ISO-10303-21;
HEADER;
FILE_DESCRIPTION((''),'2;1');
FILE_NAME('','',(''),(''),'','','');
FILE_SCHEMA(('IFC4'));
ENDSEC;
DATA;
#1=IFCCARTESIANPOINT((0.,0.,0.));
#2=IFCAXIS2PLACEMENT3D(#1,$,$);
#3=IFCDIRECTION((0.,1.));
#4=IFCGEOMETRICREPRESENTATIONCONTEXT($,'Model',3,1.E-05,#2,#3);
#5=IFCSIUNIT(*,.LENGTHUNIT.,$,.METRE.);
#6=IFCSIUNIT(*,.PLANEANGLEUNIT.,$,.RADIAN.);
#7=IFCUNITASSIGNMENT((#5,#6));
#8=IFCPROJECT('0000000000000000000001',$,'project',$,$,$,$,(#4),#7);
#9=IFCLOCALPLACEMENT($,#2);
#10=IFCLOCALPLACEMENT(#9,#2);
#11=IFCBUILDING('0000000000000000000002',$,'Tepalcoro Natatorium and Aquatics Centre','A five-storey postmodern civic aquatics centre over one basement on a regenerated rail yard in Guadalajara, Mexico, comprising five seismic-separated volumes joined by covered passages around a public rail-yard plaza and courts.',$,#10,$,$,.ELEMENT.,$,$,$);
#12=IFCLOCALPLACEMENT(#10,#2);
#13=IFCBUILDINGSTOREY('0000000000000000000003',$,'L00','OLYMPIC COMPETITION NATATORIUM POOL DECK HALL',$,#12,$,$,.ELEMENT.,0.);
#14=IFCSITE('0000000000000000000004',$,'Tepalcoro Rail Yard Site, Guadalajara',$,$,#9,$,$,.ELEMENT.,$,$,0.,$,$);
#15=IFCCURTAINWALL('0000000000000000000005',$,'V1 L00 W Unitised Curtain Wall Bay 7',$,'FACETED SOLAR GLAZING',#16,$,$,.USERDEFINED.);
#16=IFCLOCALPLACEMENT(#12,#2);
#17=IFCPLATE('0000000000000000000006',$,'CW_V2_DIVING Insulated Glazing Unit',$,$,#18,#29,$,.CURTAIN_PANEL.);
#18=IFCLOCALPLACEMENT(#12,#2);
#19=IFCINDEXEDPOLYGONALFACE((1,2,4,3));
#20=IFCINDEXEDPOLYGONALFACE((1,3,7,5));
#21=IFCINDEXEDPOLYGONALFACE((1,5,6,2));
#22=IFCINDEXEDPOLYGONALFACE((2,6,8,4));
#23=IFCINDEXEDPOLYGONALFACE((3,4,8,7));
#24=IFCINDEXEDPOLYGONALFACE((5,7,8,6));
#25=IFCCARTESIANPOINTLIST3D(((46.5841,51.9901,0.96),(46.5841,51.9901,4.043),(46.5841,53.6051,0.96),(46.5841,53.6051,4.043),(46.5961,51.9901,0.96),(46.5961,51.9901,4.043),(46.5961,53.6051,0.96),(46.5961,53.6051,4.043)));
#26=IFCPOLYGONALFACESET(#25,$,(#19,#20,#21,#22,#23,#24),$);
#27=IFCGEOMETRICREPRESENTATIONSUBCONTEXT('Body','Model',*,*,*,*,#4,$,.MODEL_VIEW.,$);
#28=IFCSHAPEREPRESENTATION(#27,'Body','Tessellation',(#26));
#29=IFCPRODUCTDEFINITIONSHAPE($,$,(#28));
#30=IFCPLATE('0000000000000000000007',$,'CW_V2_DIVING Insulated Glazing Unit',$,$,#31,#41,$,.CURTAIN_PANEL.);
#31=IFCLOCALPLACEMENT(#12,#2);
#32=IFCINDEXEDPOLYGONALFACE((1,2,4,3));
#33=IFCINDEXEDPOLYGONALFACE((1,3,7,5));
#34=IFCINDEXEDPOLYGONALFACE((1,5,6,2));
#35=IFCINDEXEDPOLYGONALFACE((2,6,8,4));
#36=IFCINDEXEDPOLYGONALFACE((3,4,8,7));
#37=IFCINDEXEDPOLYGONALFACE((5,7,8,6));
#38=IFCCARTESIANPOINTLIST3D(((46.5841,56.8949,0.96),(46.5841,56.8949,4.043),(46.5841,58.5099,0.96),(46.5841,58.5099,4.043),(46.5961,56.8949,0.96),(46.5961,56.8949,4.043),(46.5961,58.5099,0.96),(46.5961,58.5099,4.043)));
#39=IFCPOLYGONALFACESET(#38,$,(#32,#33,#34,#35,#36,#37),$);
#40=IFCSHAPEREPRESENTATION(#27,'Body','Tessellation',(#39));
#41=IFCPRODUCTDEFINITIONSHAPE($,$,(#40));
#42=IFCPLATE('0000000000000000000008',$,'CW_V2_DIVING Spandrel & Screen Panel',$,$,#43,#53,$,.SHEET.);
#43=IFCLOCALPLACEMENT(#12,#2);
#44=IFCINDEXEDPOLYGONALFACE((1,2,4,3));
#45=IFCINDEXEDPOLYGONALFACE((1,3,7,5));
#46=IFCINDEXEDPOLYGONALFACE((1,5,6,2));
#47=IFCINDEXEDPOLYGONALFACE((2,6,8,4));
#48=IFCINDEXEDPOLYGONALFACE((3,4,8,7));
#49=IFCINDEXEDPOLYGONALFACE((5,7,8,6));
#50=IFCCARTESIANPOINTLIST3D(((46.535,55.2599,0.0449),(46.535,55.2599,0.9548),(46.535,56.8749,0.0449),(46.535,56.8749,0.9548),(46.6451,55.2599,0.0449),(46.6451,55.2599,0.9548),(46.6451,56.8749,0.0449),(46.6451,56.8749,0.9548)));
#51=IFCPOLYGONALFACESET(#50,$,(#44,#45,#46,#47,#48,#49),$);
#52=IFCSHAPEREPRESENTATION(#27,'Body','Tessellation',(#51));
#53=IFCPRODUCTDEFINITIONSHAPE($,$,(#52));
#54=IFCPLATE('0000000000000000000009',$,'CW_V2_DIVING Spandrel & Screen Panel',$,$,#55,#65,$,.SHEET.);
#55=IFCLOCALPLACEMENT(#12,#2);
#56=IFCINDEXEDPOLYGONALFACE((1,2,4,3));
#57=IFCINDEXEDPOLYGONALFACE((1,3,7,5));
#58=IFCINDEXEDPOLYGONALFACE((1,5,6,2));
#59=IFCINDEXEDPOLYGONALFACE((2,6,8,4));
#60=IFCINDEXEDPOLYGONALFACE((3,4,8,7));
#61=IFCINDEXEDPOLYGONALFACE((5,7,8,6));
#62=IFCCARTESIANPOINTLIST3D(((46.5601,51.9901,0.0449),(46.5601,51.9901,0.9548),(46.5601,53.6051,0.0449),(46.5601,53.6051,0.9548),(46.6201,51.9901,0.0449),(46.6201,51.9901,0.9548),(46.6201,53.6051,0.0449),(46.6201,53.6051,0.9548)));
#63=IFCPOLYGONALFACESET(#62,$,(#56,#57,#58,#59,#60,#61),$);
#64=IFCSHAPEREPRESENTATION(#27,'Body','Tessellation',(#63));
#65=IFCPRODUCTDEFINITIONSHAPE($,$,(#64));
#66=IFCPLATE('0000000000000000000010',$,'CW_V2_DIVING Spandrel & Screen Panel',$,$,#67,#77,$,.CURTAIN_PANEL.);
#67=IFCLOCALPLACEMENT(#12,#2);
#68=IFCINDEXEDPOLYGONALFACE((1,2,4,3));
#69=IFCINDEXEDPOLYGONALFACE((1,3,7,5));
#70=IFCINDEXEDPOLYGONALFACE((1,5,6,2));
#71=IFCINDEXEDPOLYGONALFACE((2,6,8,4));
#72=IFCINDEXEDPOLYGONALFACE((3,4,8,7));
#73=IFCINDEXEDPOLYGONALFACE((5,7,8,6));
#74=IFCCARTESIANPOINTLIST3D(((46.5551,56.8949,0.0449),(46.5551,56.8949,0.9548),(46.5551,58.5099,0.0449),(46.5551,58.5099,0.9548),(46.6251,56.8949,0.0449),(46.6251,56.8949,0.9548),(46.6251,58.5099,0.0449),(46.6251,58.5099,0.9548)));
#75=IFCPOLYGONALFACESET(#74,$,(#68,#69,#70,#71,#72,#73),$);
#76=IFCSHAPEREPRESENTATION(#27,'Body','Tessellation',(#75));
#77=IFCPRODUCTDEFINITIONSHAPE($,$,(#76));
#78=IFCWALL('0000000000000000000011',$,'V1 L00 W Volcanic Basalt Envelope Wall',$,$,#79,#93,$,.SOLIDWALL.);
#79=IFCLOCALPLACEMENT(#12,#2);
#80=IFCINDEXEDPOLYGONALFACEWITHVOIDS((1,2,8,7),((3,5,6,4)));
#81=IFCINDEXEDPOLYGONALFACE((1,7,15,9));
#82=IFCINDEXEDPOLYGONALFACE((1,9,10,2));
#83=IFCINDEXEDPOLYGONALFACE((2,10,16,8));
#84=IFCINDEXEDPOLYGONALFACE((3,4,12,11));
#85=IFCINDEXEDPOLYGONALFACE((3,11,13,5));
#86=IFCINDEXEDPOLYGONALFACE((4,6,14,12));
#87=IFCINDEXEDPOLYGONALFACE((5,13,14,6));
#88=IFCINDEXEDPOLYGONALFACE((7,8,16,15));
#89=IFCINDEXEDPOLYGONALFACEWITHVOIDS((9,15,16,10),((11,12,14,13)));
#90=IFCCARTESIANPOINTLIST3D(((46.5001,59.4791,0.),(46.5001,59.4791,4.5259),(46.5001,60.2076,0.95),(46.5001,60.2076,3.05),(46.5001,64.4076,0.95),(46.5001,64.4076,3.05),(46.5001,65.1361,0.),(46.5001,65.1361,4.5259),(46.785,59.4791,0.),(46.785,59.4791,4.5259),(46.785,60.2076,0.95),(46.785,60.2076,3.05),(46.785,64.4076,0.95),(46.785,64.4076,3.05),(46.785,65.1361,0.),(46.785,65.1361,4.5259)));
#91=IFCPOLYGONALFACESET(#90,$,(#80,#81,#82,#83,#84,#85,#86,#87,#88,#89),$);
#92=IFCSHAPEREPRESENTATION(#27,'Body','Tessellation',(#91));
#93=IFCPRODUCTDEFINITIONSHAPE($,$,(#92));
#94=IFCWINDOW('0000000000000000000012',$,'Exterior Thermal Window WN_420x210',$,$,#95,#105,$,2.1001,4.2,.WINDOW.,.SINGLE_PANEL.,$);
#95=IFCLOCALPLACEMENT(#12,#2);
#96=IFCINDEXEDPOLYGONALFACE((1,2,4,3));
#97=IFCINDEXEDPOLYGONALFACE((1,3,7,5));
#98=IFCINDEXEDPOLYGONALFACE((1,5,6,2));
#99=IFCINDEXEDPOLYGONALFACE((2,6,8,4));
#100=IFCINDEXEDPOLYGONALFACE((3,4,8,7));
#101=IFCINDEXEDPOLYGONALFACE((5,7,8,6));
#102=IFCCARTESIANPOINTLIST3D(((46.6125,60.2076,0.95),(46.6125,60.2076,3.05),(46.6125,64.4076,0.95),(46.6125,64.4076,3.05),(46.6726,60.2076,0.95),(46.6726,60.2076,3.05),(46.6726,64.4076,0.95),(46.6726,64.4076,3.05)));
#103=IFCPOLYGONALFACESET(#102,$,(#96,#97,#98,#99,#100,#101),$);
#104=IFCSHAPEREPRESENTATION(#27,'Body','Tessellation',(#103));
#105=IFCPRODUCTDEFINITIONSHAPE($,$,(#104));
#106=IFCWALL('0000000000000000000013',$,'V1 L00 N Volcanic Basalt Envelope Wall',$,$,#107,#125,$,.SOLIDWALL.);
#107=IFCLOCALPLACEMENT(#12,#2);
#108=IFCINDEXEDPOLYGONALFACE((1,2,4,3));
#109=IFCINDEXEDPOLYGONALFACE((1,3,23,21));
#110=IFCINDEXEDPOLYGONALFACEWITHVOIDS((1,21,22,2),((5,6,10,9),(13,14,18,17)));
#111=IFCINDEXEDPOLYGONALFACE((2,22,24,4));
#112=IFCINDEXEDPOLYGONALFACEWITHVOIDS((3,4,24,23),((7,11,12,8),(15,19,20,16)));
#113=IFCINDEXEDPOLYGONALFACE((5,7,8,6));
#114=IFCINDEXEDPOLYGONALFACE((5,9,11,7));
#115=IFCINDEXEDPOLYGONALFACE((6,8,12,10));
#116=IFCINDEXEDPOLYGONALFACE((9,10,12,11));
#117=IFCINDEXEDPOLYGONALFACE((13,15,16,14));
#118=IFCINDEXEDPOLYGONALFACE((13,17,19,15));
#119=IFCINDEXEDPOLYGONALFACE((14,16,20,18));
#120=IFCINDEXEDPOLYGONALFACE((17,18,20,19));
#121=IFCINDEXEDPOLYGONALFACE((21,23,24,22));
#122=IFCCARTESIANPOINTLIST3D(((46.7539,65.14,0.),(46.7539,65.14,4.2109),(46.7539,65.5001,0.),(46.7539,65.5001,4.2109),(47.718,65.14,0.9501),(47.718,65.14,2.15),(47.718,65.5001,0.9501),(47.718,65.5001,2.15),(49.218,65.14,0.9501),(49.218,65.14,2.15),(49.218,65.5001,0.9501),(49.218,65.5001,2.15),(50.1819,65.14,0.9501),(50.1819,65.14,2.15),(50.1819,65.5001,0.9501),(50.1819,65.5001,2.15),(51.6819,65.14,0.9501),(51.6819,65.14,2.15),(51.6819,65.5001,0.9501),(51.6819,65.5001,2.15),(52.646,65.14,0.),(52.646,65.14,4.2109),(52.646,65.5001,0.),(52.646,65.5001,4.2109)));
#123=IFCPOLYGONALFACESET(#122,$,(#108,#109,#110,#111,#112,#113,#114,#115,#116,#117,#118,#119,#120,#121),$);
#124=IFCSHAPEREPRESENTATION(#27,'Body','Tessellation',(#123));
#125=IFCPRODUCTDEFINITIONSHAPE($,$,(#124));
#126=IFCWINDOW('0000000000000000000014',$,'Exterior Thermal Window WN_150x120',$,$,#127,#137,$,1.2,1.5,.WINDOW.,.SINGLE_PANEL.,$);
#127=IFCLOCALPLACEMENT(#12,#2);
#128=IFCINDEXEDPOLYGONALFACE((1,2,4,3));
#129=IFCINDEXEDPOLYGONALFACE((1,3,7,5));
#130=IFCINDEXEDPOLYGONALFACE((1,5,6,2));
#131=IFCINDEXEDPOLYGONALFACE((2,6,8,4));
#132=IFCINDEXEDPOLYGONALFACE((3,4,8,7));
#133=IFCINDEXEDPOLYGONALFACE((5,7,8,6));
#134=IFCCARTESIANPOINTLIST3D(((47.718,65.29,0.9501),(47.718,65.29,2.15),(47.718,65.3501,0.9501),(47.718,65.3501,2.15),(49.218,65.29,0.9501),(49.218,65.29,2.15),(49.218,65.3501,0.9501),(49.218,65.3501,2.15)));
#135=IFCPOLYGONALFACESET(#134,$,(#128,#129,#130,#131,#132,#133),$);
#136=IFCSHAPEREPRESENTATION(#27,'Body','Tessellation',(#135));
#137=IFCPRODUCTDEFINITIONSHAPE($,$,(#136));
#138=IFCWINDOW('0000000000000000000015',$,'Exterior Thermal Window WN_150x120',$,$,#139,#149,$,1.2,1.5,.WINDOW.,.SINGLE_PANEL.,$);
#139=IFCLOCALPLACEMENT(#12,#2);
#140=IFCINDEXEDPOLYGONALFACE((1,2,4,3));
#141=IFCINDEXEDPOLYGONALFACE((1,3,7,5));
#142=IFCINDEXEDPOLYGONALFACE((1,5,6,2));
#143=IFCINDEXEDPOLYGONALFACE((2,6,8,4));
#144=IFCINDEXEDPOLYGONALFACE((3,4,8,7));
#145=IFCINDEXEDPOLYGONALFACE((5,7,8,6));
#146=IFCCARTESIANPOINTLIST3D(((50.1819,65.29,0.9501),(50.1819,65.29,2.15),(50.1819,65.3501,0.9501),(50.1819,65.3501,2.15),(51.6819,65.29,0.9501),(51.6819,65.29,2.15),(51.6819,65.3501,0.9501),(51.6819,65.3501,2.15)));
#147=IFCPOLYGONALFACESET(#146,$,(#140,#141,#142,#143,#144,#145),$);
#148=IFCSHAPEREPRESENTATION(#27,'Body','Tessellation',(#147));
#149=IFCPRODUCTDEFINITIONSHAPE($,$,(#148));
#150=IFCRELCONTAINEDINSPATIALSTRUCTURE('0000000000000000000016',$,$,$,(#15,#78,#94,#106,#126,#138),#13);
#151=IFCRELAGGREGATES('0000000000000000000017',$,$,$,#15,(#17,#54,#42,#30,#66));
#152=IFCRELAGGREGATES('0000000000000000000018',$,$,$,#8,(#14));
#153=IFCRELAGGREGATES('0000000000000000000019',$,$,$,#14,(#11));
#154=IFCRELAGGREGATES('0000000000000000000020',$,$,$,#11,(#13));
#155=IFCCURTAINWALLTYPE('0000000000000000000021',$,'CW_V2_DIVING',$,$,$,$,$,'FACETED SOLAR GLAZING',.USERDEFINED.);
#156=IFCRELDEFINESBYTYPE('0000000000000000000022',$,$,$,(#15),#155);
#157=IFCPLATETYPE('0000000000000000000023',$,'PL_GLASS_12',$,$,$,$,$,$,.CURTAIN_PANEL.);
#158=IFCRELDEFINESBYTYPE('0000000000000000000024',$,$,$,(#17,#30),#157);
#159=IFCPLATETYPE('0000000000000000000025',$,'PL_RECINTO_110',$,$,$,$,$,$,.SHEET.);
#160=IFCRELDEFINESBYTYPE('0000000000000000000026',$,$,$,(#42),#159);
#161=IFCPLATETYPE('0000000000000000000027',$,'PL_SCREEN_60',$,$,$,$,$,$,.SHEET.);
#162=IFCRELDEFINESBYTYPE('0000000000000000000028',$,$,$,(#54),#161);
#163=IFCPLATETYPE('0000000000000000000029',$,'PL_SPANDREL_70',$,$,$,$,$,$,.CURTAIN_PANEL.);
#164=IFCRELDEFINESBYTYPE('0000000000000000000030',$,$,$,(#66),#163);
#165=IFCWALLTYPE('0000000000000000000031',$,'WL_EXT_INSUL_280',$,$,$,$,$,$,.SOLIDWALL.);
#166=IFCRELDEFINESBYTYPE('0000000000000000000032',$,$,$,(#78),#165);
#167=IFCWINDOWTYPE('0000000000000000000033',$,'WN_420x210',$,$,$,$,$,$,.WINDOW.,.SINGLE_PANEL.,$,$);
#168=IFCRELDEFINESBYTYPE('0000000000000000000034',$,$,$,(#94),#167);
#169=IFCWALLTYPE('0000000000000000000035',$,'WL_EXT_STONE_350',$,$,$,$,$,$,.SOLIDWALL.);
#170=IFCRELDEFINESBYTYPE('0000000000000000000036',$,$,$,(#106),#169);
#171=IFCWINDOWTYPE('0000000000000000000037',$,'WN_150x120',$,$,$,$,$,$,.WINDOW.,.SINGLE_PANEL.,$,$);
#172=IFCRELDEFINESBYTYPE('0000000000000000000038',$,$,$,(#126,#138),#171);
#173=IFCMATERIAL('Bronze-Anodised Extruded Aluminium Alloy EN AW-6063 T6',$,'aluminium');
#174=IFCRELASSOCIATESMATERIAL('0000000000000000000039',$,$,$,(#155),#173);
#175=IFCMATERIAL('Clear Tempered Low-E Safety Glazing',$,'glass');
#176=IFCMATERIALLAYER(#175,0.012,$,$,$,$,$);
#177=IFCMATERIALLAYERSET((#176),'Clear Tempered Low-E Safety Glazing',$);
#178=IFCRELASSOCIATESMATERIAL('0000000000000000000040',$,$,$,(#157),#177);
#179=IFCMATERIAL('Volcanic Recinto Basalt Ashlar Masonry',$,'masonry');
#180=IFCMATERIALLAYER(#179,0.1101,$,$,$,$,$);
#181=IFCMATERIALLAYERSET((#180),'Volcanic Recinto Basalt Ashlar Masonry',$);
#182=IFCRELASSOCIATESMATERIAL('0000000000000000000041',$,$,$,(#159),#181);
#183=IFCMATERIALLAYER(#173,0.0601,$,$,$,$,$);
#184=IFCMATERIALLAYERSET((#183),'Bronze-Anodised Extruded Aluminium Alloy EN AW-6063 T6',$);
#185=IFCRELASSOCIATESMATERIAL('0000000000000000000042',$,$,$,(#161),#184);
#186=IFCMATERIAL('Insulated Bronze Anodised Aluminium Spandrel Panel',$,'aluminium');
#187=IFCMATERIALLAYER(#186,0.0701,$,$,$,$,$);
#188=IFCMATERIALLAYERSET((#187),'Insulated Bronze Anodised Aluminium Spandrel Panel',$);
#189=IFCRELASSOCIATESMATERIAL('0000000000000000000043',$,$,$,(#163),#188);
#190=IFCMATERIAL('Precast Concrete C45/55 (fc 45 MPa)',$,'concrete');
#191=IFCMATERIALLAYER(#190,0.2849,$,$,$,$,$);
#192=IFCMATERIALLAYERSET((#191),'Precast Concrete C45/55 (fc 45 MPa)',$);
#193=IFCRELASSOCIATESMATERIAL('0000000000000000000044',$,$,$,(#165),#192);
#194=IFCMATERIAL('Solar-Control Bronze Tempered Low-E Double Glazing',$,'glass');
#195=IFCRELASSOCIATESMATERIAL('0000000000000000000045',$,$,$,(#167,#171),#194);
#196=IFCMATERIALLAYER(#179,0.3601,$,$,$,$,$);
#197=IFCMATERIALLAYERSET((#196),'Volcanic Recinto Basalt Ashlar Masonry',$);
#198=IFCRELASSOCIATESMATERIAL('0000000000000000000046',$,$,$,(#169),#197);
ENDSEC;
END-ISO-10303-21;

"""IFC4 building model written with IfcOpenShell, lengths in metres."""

from ifc_helpers import new_model, si_unit, direction, frame, frame_2d, origin, origin_2d, place, context, subcontext, project, spatial, rectangle, extrude, material, layer, layer_set, type_object, element, fill, aggregate, save


model = new_model("IFC4")

# Units and contexts
model_context = context("Model", 3, precision=1e-05, world=origin(), true_north=direction((0.0, 1.0)))
body_context = subcontext(model_context, "Body", "Model", "MODEL_VIEW")
ifc_project = project(units=[si_unit("LENGTHUNIT", "METRE"), si_unit("PLANEANGLEUNIT", "RADIAN")], contexts=[model_context])

# Site, building, storey
site_placement = place(None, origin())
site = spatial("IfcSite", under=ifc_project, at=site_placement, Name="Tepalcoro Rail Yard Site, Guadalajara", CompositionType="ELEMENT", RefElevation=0.0)
building_placement = place(site_placement, origin())
building = spatial("IfcBuilding", under=site, at=building_placement, Name="Tepalcoro Natatorium and Aquatics Centre", Description="A five-storey postmodern civic aquatics centre over one basement on a regenerated rail yard in Guadalajara, Mexico, comprising five seismic-separated volumes joined by covered passages around a public rail-yard plaza and courts.", CompositionType="ELEMENT")
storey_placement = place(building_placement, origin())
storey = spatial("IfcBuildingStorey", under=building, at=storey_placement, Name="L00", Description="OLYMPIC COMPETITION NATATORIUM POOL DECK HALL", CompositionType="ELEMENT", Elevation=0.0)

# Curtain wall
ifc_material_1 = material(Name="Bronze-Anodised Extruded Aluminium Alloy EN AW-6063 T6", Category="aluminium")
curtain_wall_type = type_object("IfcCurtainWallType", Name="CW_V2_DIVING", ElementType="FACETED SOLAR GLAZING", PredefinedType="USERDEFINED", material=ifc_material_1)
curtain_wall_placement = place(storey_placement, origin())
curtain_wall = element("IfcCurtainWall", 1, at=curtain_wall_placement, inside=storey, type_object=curtain_wall_type, Name="V1 L00 W Unitised Curtain Wall Bay 7", ObjectType="FACETED SOLAR GLAZING", PredefinedType="USERDEFINED")

# Plates
ifc_material_2 = material(Name="Solar-Control Bronze Tempered Low-E Double Glazing", Category="glass")
ifc_material_3 = material(Name="Clear Tempered Low-E Safety Glazing", Category="glass")
ifc_layer_1 = layer(ifc_material_3, 0.012)
ifc_layer_set_1 = layer_set([ifc_layer_1], Name="Clear Tempered Low-E Safety Glazing")
plate_type_1 = type_object("IfcPlateType", Name="PL_GLASS_12", PredefinedType="CURTAIN_PANEL", material=ifc_layer_set_1)
plate_1_placement = place(storey_placement, frame((46.5901, 52.7976, 0.96), z_axis=(0.0, 0.0, 1.0), x_axis=(1.0, 0.0, 0.0)))
plate_1 = element("IfcPlate", 2, at=plate_1_placement, type_object=plate_type_1, Name="CW_V2_DIVING Insulated Glazing Unit", PredefinedType="CURTAIN_PANEL", context=body_context, shape_type="SweptSolid", body=[
    extrude(rectangle(XDim=0.012, YDim=1.615, at=origin_2d()), origin(), (0.0, 0.0, 1.0), 3.083),
])
plate_2_placement = place(storey_placement, frame((46.5901, 57.7024, 0.96), z_axis=(0.0, 0.0, 1.0), x_axis=(1.0, 0.0, 0.0)))
plate_2 = element("IfcPlate", 3, at=plate_2_placement, type_object=plate_type_1, Name="CW_V2_DIVING Insulated Glazing Unit", PredefinedType="CURTAIN_PANEL", context=body_context, shape_type="SweptSolid", body=[
    extrude(rectangle(XDim=0.012, YDim=1.615, at=origin_2d()), origin(), (0.0, 0.0, 1.0), 3.083),
])
ifc_material_4 = material(Name="Volcanic Recinto Basalt Ashlar Masonry", Category="masonry")
ifc_layer_2 = layer(ifc_material_4, 0.1101)
ifc_layer_set_2 = layer_set([ifc_layer_2], Name="Volcanic Recinto Basalt Ashlar Masonry")
plate_type_2 = type_object("IfcPlateType", Name="PL_RECINTO_110", PredefinedType="SHEET", material=ifc_layer_set_2)
plate_3_placement = place(storey_placement, frame((46.5901, 56.0674, 0.0449), z_axis=(0.0, 0.0, 1.0), x_axis=(1.0, 0.0, 0.0)))
plate_3 = element("IfcPlate", 4, at=plate_3_placement, type_object=plate_type_2, Name="CW_V2_DIVING Spandrel & Screen Panel", PredefinedType="SHEET", context=body_context, shape_type="SweptSolid", body=[
    extrude(rectangle(XDim=0.1101, YDim=1.615, at=origin_2d()), origin(), (0.0, 0.0, 1.0), 0.9099),
])
ifc_layer_3 = layer(ifc_material_1, 0.0601)
ifc_layer_set_3 = layer_set([ifc_layer_3], Name="Bronze-Anodised Extruded Aluminium Alloy EN AW-6063 T6")
plate_type_3 = type_object("IfcPlateType", Name="PL_SCREEN_60", PredefinedType="SHEET", material=ifc_layer_set_3)
plate_4_placement = place(storey_placement, frame((46.5901, 52.7976, 0.0449), z_axis=(0.0, 0.0, 1.0), x_axis=(1.0, 0.0, 0.0)))
plate_4 = element("IfcPlate", 5, at=plate_4_placement, type_object=plate_type_3, Name="CW_V2_DIVING Spandrel & Screen Panel", PredefinedType="SHEET", context=body_context, shape_type="SweptSolid", body=[
    extrude(rectangle(XDim=0.0601, YDim=1.615, at=origin_2d()), origin(), (0.0, 0.0, 1.0), 0.9099),
])
ifc_material_5 = material(Name="Insulated Bronze Anodised Aluminium Spandrel Panel", Category="aluminium")
ifc_layer_4 = layer(ifc_material_5, 0.0701)
ifc_layer_set_4 = layer_set([ifc_layer_4], Name="Insulated Bronze Anodised Aluminium Spandrel Panel")
plate_type_4 = type_object("IfcPlateType", Name="PL_SPANDREL_70", PredefinedType="CURTAIN_PANEL", material=ifc_layer_set_4)
plate_5_placement = place(storey_placement, frame((46.5901, 57.7024, 0.0449), z_axis=(0.0, 0.0, 1.0), x_axis=(1.0, 0.0, 0.0)))
plate_5 = element("IfcPlate", 6, at=plate_5_placement, type_object=plate_type_4, Name="CW_V2_DIVING Spandrel & Screen Panel", PredefinedType="CURTAIN_PANEL", context=body_context, shape_type="SweptSolid", body=[
    extrude(rectangle(XDim=0.0701, YDim=1.615, at=origin_2d()), origin(), (0.0, 0.0, 1.0), 0.9099),
])
aggregate(curtain_wall, [plate_1, plate_4, plate_3, plate_2, plate_5])

# Wall, opening, window
ifc_material_6 = material(Name="Precast Concrete C45/55 (fc 45 MPa)", Category="concrete")
ifc_layer_5 = layer(ifc_material_6, 0.2849)
ifc_layer_set_5 = layer_set([ifc_layer_5], Name="Precast Concrete C45/55 (fc 45 MPa)")
wall_type_1 = type_object("IfcWallType", Name="WL_EXT_INSUL_280", PredefinedType="SOLIDWALL", material=ifc_layer_set_5)
wall_1_placement = place(storey_placement, frame((46.6426, 59.479, 0.0), z_axis=(0.0, 0.0, 1.0), x_axis=(0.0, 1.0, 0.0)))
wall_1 = element("IfcWall", 7, at=wall_1_placement, inside=storey, type_object=wall_type_1, Name="V1 L00 W Volcanic Basalt Envelope Wall", PredefinedType="SOLIDWALL", context=body_context, shape_type="SweptSolid", body=[
    extrude(rectangle(XDim=5.657, YDim=0.2849, at=frame_2d((2.8286, 0.0))), origin(), (0.0, 0.0, 1.0), 4.5259),
])
opening_1_placement = place(wall_1_placement, frame((0.7285, 0.0, 0.95)))
opening_1 = element("IfcOpeningElement", 8, at=opening_1_placement, cuts=wall_1, PredefinedType="OPENING", context=body_context, shape_type="SweptSolid", body=[
    extrude(rectangle(XDim=4.2, YDim=2.1001, at=frame_2d((2.1001, 1.05))), frame((0.0, 0.1543, 0.0), z_axis=(0.0, -1.0, 0.0), x_axis=(1.0, 0.0, 0.0)), (0.0, 0.0, 1.0), 0.3088),
])
window_type_1 = type_object("IfcWindowType", Name="WN_420x210", PartitioningType="SINGLE_PANEL", PredefinedType="WINDOW", material=ifc_material_2)
window_1_placement = place(opening_1_placement, origin())
window_1 = element("IfcWindow", 9, at=window_1_placement, inside=storey, type_object=window_type_1, Name="Exterior Thermal Window WN_420x210", OverallHeight=2.1001, OverallWidth=4.2, PartitioningType="SINGLE_PANEL", PredefinedType="WINDOW", context=body_context, shape_type="SweptSolid", body=[
    extrude(rectangle(XDim=4.2, YDim=2.1001, at=frame_2d((2.1001, 1.05))), frame((0.0, 0.03, 0.0), z_axis=(0.0, -1.0, 0.0), x_axis=(1.0, 0.0, 0.0)), (0.0, 0.0, 1.0), 0.0601),
])
fill(opening_1, window_1)

# Wall, openings, windows
ifc_layer_6 = layer(ifc_material_4, 0.3601)
ifc_layer_set_6 = layer_set([ifc_layer_6], Name="Volcanic Recinto Basalt Ashlar Masonry")
wall_type_2 = type_object("IfcWallType", Name="WL_EXT_STONE_350", PredefinedType="SOLIDWALL", material=ifc_layer_set_6)
wall_2_placement = place(storey_placement, frame((46.7539, 65.3201, 0.0), z_axis=(0.0, 0.0, 1.0), x_axis=(1.0, 0.0, 0.0)))
wall_2 = element("IfcWall", 10, at=wall_2_placement, inside=storey, type_object=wall_type_2, Name="V1 L00 N Volcanic Basalt Envelope Wall", PredefinedType="SOLIDWALL", context=body_context, shape_type="SweptSolid", body=[
    extrude(rectangle(XDim=5.8921, YDim=0.3601, at=frame_2d((2.946, 0.0))), origin(), (0.0, 0.0, 1.0), 4.2109),
])
opening_2_placement = place(wall_2_placement, frame((0.9641, 0.0, 0.95)))
opening_2 = element("IfcOpeningElement", 11, at=opening_2_placement, cuts=wall_2, PredefinedType="OPENING", context=body_context, shape_type="SweptSolid", body=[
    extrude(rectangle(XDim=1.5, YDim=1.2, at=frame_2d((0.75, 0.6001))), frame((0.0, 0.1919, 0.0), z_axis=(0.0, -1.0, 0.0), x_axis=(1.0, 0.0, 0.0)), (0.0, 0.0, 1.0), 0.384),
])
opening_3_placement = place(wall_2_placement, frame((3.428, 0.0, 0.95)))
opening_3 = element("IfcOpeningElement", 12, at=opening_3_placement, cuts=wall_2, PredefinedType="OPENING", context=body_context, shape_type="SweptSolid", body=[
    extrude(rectangle(XDim=1.5, YDim=1.2, at=frame_2d((0.75, 0.6001))), frame((0.0, 0.1919, 0.0), z_axis=(0.0, -1.0, 0.0), x_axis=(1.0, 0.0, 0.0)), (0.0, 0.0, 1.0), 0.384),
])
window_type_2 = type_object("IfcWindowType", Name="WN_150x120", PartitioningType="SINGLE_PANEL", PredefinedType="WINDOW", material=ifc_material_2)
window_2_placement = place(opening_2_placement, origin())
window_2 = element("IfcWindow", 13, at=window_2_placement, inside=storey, type_object=window_type_2, Name="Exterior Thermal Window WN_150x120", OverallHeight=1.2, OverallWidth=1.5, PartitioningType="SINGLE_PANEL", PredefinedType="WINDOW", context=body_context, shape_type="SweptSolid", body=[
    extrude(rectangle(XDim=1.5, YDim=1.2, at=frame_2d((0.75, 0.6001))), frame((0.0, 0.03, 0.0), z_axis=(0.0, -1.0, 0.0), x_axis=(1.0, 0.0, 0.0)), (0.0, 0.0, 1.0), 0.0601),
])
fill(opening_2, window_2)
window_3_placement = place(opening_3_placement, origin())
window_3 = element("IfcWindow", 14, at=window_3_placement, inside=storey, type_object=window_type_2, Name="Exterior Thermal Window WN_150x120", OverallHeight=1.2, OverallWidth=1.5, PartitioningType="SINGLE_PANEL", PredefinedType="WINDOW", context=body_context, shape_type="SweptSolid", body=[
    extrude(rectangle(XDim=1.5, YDim=1.2, at=frame_2d((0.75, 0.6001))), frame((0.0, 0.03, 0.0), z_axis=(0.0, -1.0, 0.0), x_axis=(1.0, 0.0, 0.0)), (0.0, 0.0, 1.0), 0.0601),
])
fill(opening_3, window_3)

save(model, "model.ifc")
